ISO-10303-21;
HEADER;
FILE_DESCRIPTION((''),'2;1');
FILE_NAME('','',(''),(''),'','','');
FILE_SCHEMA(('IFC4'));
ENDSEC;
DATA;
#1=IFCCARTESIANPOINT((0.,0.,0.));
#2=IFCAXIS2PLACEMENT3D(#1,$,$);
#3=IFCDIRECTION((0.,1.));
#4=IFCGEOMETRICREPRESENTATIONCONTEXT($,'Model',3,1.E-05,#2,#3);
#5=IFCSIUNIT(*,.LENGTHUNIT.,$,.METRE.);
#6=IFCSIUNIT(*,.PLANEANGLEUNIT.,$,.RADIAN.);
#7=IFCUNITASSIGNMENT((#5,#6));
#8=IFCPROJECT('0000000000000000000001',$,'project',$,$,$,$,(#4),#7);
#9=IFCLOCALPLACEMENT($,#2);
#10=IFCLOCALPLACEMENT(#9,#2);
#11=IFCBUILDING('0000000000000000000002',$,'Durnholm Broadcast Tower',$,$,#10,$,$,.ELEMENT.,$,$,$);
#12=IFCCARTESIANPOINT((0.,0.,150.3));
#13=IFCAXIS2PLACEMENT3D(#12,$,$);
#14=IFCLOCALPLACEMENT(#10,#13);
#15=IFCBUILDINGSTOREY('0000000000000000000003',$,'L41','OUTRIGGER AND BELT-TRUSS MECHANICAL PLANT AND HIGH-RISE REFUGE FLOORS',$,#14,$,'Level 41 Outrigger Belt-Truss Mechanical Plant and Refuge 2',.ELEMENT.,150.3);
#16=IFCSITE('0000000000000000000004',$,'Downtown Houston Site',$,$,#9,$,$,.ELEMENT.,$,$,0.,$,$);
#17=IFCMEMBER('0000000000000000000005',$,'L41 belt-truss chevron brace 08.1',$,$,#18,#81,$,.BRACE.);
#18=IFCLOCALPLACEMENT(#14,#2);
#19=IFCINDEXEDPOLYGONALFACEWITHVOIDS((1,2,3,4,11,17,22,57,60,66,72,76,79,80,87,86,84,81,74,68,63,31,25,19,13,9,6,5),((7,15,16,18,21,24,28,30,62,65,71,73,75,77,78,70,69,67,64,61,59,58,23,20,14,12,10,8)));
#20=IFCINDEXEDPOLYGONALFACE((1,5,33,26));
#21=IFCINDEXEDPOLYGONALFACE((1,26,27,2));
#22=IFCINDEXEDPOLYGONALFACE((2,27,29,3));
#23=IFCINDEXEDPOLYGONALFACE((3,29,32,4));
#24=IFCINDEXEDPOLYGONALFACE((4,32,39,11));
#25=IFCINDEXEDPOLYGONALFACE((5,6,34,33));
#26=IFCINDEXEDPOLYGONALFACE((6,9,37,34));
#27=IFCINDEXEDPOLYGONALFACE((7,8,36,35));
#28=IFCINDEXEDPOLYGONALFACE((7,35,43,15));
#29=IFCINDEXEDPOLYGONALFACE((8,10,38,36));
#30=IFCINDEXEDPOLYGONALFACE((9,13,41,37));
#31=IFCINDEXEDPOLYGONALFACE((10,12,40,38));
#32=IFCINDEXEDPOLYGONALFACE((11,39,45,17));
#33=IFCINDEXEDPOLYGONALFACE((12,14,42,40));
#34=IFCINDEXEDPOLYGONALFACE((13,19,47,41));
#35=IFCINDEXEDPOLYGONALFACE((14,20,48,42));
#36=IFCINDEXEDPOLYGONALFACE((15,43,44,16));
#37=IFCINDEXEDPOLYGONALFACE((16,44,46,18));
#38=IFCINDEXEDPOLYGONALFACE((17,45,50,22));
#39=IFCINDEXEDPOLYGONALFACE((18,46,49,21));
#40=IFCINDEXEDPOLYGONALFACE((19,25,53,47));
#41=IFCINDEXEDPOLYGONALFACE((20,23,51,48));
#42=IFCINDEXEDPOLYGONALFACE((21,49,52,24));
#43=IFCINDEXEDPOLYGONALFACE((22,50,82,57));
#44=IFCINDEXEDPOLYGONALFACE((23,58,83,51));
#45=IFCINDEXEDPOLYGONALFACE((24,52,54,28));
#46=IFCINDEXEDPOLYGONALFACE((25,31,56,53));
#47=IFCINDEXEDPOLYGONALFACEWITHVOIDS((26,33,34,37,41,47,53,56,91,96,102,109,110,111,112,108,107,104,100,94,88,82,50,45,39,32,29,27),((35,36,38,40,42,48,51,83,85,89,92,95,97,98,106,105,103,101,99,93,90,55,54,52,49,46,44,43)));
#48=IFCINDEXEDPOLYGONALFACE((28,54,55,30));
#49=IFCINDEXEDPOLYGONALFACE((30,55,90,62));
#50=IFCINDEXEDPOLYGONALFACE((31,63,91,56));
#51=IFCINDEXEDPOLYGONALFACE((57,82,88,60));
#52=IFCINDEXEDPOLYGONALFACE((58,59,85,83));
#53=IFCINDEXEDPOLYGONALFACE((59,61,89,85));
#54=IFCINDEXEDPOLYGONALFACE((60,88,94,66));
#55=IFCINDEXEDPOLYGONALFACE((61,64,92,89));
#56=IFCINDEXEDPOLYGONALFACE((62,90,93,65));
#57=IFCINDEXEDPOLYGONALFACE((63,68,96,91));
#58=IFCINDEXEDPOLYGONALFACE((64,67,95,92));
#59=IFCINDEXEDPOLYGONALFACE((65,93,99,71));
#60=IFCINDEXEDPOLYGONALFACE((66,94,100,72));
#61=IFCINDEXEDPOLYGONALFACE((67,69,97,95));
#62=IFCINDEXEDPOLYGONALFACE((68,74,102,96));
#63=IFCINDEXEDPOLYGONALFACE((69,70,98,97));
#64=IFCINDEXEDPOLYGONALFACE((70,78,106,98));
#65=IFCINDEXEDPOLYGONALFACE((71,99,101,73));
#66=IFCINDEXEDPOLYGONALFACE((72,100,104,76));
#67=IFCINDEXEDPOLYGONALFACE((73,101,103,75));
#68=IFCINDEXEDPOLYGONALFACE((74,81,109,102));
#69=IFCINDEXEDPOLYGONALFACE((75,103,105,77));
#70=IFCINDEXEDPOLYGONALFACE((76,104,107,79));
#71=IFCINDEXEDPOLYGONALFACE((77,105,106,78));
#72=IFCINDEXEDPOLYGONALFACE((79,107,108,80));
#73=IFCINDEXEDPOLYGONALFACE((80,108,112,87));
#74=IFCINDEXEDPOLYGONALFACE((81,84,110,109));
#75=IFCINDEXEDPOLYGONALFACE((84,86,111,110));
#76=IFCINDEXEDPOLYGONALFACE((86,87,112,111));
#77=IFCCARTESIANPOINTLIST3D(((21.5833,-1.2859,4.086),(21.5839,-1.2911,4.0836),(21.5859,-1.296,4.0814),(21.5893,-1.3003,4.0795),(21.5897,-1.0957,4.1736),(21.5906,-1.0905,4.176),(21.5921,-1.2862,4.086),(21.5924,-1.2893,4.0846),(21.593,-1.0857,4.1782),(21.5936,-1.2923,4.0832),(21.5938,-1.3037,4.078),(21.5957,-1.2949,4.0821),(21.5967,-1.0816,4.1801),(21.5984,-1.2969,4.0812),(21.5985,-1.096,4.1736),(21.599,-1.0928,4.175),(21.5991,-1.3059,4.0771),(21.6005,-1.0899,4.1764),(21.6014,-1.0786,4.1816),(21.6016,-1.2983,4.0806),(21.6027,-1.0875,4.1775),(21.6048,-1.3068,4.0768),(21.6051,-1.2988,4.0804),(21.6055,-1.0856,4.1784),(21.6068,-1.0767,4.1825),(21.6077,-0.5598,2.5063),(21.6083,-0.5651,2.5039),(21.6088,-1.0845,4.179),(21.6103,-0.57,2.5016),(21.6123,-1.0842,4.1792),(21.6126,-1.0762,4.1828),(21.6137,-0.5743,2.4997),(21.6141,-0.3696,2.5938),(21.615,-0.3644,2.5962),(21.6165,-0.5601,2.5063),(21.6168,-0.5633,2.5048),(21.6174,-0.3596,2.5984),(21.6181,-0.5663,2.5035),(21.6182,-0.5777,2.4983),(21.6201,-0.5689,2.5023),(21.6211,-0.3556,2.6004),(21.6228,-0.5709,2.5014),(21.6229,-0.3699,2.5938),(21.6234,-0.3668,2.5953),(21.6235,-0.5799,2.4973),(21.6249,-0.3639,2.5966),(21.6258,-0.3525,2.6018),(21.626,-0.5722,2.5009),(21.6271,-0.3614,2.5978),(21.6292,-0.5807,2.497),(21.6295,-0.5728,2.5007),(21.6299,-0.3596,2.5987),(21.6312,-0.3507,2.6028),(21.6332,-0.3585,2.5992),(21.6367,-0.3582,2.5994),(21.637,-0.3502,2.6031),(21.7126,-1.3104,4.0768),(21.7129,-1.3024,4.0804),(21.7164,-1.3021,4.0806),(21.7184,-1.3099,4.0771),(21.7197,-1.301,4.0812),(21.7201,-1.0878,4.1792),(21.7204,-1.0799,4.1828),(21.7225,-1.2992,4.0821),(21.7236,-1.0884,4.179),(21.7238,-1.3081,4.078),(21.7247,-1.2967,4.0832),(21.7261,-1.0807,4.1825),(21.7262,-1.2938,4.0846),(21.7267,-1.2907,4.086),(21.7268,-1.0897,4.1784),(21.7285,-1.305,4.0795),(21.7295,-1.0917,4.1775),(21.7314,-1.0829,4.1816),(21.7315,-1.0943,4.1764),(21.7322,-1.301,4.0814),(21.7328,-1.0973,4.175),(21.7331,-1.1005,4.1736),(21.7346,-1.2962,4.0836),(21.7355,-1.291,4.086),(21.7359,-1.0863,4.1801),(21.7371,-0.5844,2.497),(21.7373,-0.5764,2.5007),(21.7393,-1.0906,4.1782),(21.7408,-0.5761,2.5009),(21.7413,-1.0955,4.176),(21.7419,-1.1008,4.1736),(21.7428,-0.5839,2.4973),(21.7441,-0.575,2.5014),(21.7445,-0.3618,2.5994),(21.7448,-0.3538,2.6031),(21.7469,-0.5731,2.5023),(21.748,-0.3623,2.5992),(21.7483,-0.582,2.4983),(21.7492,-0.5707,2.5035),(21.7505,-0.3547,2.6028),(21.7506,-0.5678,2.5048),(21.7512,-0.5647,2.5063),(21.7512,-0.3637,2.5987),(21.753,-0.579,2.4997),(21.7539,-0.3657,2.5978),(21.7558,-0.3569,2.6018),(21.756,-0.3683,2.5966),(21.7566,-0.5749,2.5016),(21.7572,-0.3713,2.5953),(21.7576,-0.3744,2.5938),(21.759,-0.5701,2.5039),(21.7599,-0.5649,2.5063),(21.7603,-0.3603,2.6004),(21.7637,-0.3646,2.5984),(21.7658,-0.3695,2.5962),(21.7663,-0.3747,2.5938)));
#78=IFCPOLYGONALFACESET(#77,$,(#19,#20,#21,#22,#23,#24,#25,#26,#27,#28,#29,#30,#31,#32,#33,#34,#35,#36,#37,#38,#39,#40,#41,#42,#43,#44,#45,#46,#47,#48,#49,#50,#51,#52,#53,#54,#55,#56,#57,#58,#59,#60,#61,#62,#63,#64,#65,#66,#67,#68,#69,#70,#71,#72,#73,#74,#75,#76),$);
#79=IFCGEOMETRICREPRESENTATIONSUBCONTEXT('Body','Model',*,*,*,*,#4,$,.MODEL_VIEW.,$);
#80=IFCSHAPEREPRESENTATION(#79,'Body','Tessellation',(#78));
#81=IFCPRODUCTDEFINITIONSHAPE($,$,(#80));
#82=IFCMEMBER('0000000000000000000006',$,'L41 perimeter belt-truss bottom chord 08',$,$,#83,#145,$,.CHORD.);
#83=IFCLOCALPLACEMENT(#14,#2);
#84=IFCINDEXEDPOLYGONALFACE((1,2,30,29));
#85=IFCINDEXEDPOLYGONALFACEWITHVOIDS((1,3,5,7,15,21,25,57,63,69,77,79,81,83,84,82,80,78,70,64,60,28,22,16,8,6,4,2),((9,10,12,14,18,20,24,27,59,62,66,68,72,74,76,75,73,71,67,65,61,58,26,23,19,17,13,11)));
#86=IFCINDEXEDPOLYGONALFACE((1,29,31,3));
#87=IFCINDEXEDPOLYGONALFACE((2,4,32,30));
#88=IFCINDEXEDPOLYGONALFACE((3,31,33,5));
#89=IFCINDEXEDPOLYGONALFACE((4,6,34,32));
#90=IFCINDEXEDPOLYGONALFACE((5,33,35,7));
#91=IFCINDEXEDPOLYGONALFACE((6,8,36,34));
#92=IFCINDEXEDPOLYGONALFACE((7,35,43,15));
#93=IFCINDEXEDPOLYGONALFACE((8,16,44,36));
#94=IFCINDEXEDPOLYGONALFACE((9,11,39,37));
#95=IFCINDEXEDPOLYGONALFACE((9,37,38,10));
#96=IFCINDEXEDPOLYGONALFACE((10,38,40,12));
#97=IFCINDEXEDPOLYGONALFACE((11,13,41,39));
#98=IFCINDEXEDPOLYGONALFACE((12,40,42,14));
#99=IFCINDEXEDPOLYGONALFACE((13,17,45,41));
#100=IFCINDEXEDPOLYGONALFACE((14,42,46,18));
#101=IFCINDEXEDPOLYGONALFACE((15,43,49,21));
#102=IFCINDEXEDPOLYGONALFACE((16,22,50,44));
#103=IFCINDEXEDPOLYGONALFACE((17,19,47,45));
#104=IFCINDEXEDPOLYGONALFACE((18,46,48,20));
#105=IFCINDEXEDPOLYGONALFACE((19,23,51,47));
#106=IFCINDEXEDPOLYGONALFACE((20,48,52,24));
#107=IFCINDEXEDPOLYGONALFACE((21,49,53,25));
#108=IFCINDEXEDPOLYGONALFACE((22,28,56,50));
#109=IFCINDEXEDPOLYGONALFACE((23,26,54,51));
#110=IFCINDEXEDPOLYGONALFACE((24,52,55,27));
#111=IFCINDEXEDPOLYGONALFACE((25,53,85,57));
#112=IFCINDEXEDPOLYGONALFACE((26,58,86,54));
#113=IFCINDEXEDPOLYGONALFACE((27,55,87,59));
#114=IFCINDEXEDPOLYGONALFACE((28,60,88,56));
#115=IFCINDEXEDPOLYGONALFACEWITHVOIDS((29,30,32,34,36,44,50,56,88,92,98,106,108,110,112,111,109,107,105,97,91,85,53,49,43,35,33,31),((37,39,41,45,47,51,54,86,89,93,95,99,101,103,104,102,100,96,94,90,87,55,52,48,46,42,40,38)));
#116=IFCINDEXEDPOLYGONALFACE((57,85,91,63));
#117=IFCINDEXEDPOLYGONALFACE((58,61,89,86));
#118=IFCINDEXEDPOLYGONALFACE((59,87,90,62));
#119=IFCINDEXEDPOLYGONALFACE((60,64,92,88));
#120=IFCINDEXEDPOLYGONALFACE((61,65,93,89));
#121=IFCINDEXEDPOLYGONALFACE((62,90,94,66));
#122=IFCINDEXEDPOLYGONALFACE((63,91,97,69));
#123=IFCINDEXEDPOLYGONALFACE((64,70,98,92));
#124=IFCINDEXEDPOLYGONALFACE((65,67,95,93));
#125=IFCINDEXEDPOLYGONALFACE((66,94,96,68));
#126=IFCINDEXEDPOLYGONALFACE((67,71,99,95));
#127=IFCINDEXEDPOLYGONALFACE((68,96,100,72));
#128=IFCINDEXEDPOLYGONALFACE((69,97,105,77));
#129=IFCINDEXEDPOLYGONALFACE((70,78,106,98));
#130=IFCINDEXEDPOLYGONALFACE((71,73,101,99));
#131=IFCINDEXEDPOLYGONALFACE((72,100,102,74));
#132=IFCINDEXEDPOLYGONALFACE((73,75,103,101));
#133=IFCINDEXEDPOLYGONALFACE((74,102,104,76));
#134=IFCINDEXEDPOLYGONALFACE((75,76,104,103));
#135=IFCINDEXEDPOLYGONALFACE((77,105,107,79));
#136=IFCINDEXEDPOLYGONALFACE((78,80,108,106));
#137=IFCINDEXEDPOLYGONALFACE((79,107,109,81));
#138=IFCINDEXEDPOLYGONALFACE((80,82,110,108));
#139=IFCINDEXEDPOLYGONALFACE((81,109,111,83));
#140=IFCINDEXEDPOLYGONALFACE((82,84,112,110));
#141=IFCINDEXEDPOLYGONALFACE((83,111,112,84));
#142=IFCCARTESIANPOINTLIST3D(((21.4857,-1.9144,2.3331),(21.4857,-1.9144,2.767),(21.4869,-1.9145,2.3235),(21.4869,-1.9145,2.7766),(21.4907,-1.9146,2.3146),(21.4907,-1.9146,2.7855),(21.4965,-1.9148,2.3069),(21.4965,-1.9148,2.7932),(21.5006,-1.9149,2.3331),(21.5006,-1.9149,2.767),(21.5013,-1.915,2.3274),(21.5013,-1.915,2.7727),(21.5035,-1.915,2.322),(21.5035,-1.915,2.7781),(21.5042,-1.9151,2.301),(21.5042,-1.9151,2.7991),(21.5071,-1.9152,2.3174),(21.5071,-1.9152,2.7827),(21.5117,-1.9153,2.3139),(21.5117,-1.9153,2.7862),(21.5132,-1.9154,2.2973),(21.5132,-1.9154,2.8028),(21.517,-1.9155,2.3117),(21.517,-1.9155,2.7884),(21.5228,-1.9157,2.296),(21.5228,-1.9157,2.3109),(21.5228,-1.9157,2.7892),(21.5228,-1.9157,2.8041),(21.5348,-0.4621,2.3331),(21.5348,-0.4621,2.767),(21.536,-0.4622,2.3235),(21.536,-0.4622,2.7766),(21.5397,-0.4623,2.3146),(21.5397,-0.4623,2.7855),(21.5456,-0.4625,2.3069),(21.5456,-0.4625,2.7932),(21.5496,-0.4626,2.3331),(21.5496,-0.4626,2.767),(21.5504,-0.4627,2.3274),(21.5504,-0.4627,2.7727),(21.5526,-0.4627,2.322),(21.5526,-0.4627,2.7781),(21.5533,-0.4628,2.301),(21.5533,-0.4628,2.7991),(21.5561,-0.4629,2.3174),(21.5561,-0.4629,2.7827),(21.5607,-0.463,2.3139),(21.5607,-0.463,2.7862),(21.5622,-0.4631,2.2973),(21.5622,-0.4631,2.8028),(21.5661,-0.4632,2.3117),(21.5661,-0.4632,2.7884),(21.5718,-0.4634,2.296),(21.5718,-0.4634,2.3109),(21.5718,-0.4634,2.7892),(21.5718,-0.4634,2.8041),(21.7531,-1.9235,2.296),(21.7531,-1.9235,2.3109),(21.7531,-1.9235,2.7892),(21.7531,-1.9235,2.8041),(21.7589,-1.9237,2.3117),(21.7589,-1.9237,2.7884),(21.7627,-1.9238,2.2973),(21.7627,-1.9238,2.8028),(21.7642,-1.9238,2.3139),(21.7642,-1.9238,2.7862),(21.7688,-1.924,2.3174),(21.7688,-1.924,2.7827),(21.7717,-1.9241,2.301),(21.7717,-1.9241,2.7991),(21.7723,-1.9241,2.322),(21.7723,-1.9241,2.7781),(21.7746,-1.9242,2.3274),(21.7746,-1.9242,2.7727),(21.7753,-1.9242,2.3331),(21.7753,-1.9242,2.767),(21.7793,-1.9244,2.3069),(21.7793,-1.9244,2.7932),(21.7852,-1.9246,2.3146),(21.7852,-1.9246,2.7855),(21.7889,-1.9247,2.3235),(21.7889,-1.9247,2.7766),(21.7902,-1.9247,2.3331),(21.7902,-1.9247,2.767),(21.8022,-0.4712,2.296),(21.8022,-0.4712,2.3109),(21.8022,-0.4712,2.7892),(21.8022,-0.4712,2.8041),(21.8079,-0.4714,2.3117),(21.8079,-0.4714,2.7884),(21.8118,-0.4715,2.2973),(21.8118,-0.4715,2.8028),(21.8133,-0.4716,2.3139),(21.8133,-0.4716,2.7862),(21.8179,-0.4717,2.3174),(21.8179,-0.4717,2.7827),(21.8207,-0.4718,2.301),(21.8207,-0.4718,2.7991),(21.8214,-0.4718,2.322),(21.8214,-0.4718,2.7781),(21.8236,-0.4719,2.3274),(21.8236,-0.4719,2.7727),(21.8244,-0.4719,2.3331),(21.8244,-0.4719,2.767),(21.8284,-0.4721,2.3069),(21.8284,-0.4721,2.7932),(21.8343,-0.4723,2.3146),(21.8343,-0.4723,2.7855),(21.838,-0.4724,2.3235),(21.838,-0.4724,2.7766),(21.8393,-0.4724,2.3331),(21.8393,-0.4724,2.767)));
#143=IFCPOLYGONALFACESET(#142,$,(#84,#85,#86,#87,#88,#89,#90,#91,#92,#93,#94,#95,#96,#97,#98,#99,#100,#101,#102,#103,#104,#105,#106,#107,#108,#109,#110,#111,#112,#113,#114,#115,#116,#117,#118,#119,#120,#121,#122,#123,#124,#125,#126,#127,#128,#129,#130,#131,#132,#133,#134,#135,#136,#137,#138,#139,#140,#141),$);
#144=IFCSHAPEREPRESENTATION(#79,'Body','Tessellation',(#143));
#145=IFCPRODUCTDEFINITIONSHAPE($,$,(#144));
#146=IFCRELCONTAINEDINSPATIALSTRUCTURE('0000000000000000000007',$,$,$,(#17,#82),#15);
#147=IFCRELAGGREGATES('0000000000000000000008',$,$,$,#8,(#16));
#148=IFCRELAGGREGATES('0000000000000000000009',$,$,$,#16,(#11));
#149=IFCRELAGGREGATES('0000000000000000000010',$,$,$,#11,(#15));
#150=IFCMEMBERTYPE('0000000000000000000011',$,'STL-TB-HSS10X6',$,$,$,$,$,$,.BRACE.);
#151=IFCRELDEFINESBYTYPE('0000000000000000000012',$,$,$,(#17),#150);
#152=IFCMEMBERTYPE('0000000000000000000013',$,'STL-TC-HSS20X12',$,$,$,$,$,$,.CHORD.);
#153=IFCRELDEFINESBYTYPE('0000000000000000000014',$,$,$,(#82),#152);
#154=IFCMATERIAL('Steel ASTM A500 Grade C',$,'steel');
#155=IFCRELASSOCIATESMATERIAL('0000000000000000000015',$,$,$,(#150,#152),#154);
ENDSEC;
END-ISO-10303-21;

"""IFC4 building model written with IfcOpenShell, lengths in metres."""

from ifc_helpers import new_model, si_unit, direction, frame, origin, origin_2d, place, context, subcontext, project, spatial, hollow_rectangle, extrude, source, transform, mapped, material, material_profile, profile_set, type_object, type_shapes, element, save


model = new_model("IFC4")

# Units and contexts
model_context = context("Model", 3, precision=1e-05, world=origin(), true_north=direction((0.0, 1.0)))
body_context = subcontext(model_context, "Body", "Model", "MODEL_VIEW")
ifc_project = project(units=[si_unit("LENGTHUNIT", "METRE"), si_unit("PLANEANGLEUNIT", "RADIAN")], contexts=[model_context])

# Site, building, storey
site_placement = place(None, origin())
site = spatial("IfcSite", under=ifc_project, at=site_placement, Name="Downtown Houston Site", CompositionType="ELEMENT", RefElevation=0.0)
building_placement = place(site_placement, origin())
building = spatial("IfcBuilding", under=site, at=building_placement, Name="Durnholm Broadcast Tower", CompositionType="ELEMENT")
storey_placement = place(building_placement, frame((0.0, 0.0, 150.3)))
storey = spatial("IfcBuildingStorey", under=building, at=storey_placement, Name="L41", Description="OUTRIGGER AND BELT-TRUSS MECHANICAL PLANT AND HIGH-RISE REFUGE FLOORS", LongName="Level 41 Outrigger Belt-Truss Mechanical Plant and Refuge 2", CompositionType="ELEMENT", Elevation=150.3)

# Members
ifc_material_1 = material(Name="Steel ASTM A500 Grade C", Category="steel")
ifc_material_profile_1 = material_profile(ifc_material_1, hollow_rectangle(XDim=0.1523, YDim=0.2539, WallThickness=0.0088, InnerFilletRadius=0.0134, OuterFilletRadius=0.0222, at=origin_2d()), Name="HSS10X6X3/8")
ifc_profile_set_1 = profile_set([ifc_material_profile_1], Name="Steel ASTM A500 Grade C")
member_type_1 = type_object("IfcMemberType", Name="STL-TB-HSS10X6", PredefinedType="BRACE", material=ifc_profile_set_1)
shared_shape_1 = source(origin(), body_context, "Body", "SweptSolid", [
    extrude(hollow_rectangle(XDim=0.1523, YDim=0.2539, WallThickness=0.0088, InnerFilletRadius=0.0134, OuterFilletRadius=0.0222, at=origin_2d()), origin(), (0.0, 0.0, 1.0), 1.7388),
])
member_1_placement = place(storey_placement, frame((21.687, -0.4673, 2.55), z_axis=(-0.01404, -0.417556, 0.908543), x_axis=(0.999435, -0.033606, 0.0)))
element("IfcMember", 1, at=member_1_placement, inside=storey, type_object=member_type_1, Name="L41 belt-truss chevron brace 08.1", PredefinedType="BRACE", context=body_context, shape_type="MappedRepresentation", body=[
    mapped(shared_shape_1, transform((0.0, 0.0, 0.0), x_axis=(1.0, 0.0, 0.0), y_axis=(0.0, 1.0, 0.0), z_axis=(0.0, 0.0, 1.0), scale=1.0)),
])
ifc_material_profile_2 = material_profile(ifc_material_1, hollow_rectangle(XDim=0.3047, YDim=0.5081, WallThickness=0.0149, InnerFilletRadius=0.0222, OuterFilletRadius=0.0371, at=origin_2d()), Name="HSS20X12X5/8")
ifc_profile_set_2 = profile_set([ifc_material_profile_2], Name="Steel ASTM A500 Grade C")
member_type_2 = type_object("IfcMemberType", Name="STL-TC-HSS20X12", PredefinedType="CHORD", material=ifc_profile_set_2)
shared_shape_2 = source(origin(), body_context, "Body", "SweptSolid", [
    extrude(hollow_rectangle(XDim=0.3047, YDim=0.5081, WallThickness=0.0149, InnerFilletRadius=0.0222, OuterFilletRadius=0.0371, at=origin_2d()), origin(), (0.0, 0.0, 1.0), 1.4531),
])
type_shapes(member_type_2, [shared_shape_2])
member_2_placement = place(storey_placement, frame((21.687, -0.4673, 2.55), z_axis=(-0.033768, -0.99943, 0.0), x_axis=(0.99943, -0.033768, 0.0)))
element("IfcMember", 2, at=member_2_placement, inside=storey, type_object=member_type_2, Name="L41 perimeter belt-truss bottom chord 08", PredefinedType="CHORD", context=body_context, shape_type="MappedRepresentation", body=[
    mapped(shared_shape_2, transform((0.0, 0.0, 0.0), x_axis=(1.0, 0.0, 0.0), y_axis=(0.0, 1.0, 0.0), z_axis=(0.0, 0.0, 1.0), scale=1.0)),
])

save(model, "model.ifc")
